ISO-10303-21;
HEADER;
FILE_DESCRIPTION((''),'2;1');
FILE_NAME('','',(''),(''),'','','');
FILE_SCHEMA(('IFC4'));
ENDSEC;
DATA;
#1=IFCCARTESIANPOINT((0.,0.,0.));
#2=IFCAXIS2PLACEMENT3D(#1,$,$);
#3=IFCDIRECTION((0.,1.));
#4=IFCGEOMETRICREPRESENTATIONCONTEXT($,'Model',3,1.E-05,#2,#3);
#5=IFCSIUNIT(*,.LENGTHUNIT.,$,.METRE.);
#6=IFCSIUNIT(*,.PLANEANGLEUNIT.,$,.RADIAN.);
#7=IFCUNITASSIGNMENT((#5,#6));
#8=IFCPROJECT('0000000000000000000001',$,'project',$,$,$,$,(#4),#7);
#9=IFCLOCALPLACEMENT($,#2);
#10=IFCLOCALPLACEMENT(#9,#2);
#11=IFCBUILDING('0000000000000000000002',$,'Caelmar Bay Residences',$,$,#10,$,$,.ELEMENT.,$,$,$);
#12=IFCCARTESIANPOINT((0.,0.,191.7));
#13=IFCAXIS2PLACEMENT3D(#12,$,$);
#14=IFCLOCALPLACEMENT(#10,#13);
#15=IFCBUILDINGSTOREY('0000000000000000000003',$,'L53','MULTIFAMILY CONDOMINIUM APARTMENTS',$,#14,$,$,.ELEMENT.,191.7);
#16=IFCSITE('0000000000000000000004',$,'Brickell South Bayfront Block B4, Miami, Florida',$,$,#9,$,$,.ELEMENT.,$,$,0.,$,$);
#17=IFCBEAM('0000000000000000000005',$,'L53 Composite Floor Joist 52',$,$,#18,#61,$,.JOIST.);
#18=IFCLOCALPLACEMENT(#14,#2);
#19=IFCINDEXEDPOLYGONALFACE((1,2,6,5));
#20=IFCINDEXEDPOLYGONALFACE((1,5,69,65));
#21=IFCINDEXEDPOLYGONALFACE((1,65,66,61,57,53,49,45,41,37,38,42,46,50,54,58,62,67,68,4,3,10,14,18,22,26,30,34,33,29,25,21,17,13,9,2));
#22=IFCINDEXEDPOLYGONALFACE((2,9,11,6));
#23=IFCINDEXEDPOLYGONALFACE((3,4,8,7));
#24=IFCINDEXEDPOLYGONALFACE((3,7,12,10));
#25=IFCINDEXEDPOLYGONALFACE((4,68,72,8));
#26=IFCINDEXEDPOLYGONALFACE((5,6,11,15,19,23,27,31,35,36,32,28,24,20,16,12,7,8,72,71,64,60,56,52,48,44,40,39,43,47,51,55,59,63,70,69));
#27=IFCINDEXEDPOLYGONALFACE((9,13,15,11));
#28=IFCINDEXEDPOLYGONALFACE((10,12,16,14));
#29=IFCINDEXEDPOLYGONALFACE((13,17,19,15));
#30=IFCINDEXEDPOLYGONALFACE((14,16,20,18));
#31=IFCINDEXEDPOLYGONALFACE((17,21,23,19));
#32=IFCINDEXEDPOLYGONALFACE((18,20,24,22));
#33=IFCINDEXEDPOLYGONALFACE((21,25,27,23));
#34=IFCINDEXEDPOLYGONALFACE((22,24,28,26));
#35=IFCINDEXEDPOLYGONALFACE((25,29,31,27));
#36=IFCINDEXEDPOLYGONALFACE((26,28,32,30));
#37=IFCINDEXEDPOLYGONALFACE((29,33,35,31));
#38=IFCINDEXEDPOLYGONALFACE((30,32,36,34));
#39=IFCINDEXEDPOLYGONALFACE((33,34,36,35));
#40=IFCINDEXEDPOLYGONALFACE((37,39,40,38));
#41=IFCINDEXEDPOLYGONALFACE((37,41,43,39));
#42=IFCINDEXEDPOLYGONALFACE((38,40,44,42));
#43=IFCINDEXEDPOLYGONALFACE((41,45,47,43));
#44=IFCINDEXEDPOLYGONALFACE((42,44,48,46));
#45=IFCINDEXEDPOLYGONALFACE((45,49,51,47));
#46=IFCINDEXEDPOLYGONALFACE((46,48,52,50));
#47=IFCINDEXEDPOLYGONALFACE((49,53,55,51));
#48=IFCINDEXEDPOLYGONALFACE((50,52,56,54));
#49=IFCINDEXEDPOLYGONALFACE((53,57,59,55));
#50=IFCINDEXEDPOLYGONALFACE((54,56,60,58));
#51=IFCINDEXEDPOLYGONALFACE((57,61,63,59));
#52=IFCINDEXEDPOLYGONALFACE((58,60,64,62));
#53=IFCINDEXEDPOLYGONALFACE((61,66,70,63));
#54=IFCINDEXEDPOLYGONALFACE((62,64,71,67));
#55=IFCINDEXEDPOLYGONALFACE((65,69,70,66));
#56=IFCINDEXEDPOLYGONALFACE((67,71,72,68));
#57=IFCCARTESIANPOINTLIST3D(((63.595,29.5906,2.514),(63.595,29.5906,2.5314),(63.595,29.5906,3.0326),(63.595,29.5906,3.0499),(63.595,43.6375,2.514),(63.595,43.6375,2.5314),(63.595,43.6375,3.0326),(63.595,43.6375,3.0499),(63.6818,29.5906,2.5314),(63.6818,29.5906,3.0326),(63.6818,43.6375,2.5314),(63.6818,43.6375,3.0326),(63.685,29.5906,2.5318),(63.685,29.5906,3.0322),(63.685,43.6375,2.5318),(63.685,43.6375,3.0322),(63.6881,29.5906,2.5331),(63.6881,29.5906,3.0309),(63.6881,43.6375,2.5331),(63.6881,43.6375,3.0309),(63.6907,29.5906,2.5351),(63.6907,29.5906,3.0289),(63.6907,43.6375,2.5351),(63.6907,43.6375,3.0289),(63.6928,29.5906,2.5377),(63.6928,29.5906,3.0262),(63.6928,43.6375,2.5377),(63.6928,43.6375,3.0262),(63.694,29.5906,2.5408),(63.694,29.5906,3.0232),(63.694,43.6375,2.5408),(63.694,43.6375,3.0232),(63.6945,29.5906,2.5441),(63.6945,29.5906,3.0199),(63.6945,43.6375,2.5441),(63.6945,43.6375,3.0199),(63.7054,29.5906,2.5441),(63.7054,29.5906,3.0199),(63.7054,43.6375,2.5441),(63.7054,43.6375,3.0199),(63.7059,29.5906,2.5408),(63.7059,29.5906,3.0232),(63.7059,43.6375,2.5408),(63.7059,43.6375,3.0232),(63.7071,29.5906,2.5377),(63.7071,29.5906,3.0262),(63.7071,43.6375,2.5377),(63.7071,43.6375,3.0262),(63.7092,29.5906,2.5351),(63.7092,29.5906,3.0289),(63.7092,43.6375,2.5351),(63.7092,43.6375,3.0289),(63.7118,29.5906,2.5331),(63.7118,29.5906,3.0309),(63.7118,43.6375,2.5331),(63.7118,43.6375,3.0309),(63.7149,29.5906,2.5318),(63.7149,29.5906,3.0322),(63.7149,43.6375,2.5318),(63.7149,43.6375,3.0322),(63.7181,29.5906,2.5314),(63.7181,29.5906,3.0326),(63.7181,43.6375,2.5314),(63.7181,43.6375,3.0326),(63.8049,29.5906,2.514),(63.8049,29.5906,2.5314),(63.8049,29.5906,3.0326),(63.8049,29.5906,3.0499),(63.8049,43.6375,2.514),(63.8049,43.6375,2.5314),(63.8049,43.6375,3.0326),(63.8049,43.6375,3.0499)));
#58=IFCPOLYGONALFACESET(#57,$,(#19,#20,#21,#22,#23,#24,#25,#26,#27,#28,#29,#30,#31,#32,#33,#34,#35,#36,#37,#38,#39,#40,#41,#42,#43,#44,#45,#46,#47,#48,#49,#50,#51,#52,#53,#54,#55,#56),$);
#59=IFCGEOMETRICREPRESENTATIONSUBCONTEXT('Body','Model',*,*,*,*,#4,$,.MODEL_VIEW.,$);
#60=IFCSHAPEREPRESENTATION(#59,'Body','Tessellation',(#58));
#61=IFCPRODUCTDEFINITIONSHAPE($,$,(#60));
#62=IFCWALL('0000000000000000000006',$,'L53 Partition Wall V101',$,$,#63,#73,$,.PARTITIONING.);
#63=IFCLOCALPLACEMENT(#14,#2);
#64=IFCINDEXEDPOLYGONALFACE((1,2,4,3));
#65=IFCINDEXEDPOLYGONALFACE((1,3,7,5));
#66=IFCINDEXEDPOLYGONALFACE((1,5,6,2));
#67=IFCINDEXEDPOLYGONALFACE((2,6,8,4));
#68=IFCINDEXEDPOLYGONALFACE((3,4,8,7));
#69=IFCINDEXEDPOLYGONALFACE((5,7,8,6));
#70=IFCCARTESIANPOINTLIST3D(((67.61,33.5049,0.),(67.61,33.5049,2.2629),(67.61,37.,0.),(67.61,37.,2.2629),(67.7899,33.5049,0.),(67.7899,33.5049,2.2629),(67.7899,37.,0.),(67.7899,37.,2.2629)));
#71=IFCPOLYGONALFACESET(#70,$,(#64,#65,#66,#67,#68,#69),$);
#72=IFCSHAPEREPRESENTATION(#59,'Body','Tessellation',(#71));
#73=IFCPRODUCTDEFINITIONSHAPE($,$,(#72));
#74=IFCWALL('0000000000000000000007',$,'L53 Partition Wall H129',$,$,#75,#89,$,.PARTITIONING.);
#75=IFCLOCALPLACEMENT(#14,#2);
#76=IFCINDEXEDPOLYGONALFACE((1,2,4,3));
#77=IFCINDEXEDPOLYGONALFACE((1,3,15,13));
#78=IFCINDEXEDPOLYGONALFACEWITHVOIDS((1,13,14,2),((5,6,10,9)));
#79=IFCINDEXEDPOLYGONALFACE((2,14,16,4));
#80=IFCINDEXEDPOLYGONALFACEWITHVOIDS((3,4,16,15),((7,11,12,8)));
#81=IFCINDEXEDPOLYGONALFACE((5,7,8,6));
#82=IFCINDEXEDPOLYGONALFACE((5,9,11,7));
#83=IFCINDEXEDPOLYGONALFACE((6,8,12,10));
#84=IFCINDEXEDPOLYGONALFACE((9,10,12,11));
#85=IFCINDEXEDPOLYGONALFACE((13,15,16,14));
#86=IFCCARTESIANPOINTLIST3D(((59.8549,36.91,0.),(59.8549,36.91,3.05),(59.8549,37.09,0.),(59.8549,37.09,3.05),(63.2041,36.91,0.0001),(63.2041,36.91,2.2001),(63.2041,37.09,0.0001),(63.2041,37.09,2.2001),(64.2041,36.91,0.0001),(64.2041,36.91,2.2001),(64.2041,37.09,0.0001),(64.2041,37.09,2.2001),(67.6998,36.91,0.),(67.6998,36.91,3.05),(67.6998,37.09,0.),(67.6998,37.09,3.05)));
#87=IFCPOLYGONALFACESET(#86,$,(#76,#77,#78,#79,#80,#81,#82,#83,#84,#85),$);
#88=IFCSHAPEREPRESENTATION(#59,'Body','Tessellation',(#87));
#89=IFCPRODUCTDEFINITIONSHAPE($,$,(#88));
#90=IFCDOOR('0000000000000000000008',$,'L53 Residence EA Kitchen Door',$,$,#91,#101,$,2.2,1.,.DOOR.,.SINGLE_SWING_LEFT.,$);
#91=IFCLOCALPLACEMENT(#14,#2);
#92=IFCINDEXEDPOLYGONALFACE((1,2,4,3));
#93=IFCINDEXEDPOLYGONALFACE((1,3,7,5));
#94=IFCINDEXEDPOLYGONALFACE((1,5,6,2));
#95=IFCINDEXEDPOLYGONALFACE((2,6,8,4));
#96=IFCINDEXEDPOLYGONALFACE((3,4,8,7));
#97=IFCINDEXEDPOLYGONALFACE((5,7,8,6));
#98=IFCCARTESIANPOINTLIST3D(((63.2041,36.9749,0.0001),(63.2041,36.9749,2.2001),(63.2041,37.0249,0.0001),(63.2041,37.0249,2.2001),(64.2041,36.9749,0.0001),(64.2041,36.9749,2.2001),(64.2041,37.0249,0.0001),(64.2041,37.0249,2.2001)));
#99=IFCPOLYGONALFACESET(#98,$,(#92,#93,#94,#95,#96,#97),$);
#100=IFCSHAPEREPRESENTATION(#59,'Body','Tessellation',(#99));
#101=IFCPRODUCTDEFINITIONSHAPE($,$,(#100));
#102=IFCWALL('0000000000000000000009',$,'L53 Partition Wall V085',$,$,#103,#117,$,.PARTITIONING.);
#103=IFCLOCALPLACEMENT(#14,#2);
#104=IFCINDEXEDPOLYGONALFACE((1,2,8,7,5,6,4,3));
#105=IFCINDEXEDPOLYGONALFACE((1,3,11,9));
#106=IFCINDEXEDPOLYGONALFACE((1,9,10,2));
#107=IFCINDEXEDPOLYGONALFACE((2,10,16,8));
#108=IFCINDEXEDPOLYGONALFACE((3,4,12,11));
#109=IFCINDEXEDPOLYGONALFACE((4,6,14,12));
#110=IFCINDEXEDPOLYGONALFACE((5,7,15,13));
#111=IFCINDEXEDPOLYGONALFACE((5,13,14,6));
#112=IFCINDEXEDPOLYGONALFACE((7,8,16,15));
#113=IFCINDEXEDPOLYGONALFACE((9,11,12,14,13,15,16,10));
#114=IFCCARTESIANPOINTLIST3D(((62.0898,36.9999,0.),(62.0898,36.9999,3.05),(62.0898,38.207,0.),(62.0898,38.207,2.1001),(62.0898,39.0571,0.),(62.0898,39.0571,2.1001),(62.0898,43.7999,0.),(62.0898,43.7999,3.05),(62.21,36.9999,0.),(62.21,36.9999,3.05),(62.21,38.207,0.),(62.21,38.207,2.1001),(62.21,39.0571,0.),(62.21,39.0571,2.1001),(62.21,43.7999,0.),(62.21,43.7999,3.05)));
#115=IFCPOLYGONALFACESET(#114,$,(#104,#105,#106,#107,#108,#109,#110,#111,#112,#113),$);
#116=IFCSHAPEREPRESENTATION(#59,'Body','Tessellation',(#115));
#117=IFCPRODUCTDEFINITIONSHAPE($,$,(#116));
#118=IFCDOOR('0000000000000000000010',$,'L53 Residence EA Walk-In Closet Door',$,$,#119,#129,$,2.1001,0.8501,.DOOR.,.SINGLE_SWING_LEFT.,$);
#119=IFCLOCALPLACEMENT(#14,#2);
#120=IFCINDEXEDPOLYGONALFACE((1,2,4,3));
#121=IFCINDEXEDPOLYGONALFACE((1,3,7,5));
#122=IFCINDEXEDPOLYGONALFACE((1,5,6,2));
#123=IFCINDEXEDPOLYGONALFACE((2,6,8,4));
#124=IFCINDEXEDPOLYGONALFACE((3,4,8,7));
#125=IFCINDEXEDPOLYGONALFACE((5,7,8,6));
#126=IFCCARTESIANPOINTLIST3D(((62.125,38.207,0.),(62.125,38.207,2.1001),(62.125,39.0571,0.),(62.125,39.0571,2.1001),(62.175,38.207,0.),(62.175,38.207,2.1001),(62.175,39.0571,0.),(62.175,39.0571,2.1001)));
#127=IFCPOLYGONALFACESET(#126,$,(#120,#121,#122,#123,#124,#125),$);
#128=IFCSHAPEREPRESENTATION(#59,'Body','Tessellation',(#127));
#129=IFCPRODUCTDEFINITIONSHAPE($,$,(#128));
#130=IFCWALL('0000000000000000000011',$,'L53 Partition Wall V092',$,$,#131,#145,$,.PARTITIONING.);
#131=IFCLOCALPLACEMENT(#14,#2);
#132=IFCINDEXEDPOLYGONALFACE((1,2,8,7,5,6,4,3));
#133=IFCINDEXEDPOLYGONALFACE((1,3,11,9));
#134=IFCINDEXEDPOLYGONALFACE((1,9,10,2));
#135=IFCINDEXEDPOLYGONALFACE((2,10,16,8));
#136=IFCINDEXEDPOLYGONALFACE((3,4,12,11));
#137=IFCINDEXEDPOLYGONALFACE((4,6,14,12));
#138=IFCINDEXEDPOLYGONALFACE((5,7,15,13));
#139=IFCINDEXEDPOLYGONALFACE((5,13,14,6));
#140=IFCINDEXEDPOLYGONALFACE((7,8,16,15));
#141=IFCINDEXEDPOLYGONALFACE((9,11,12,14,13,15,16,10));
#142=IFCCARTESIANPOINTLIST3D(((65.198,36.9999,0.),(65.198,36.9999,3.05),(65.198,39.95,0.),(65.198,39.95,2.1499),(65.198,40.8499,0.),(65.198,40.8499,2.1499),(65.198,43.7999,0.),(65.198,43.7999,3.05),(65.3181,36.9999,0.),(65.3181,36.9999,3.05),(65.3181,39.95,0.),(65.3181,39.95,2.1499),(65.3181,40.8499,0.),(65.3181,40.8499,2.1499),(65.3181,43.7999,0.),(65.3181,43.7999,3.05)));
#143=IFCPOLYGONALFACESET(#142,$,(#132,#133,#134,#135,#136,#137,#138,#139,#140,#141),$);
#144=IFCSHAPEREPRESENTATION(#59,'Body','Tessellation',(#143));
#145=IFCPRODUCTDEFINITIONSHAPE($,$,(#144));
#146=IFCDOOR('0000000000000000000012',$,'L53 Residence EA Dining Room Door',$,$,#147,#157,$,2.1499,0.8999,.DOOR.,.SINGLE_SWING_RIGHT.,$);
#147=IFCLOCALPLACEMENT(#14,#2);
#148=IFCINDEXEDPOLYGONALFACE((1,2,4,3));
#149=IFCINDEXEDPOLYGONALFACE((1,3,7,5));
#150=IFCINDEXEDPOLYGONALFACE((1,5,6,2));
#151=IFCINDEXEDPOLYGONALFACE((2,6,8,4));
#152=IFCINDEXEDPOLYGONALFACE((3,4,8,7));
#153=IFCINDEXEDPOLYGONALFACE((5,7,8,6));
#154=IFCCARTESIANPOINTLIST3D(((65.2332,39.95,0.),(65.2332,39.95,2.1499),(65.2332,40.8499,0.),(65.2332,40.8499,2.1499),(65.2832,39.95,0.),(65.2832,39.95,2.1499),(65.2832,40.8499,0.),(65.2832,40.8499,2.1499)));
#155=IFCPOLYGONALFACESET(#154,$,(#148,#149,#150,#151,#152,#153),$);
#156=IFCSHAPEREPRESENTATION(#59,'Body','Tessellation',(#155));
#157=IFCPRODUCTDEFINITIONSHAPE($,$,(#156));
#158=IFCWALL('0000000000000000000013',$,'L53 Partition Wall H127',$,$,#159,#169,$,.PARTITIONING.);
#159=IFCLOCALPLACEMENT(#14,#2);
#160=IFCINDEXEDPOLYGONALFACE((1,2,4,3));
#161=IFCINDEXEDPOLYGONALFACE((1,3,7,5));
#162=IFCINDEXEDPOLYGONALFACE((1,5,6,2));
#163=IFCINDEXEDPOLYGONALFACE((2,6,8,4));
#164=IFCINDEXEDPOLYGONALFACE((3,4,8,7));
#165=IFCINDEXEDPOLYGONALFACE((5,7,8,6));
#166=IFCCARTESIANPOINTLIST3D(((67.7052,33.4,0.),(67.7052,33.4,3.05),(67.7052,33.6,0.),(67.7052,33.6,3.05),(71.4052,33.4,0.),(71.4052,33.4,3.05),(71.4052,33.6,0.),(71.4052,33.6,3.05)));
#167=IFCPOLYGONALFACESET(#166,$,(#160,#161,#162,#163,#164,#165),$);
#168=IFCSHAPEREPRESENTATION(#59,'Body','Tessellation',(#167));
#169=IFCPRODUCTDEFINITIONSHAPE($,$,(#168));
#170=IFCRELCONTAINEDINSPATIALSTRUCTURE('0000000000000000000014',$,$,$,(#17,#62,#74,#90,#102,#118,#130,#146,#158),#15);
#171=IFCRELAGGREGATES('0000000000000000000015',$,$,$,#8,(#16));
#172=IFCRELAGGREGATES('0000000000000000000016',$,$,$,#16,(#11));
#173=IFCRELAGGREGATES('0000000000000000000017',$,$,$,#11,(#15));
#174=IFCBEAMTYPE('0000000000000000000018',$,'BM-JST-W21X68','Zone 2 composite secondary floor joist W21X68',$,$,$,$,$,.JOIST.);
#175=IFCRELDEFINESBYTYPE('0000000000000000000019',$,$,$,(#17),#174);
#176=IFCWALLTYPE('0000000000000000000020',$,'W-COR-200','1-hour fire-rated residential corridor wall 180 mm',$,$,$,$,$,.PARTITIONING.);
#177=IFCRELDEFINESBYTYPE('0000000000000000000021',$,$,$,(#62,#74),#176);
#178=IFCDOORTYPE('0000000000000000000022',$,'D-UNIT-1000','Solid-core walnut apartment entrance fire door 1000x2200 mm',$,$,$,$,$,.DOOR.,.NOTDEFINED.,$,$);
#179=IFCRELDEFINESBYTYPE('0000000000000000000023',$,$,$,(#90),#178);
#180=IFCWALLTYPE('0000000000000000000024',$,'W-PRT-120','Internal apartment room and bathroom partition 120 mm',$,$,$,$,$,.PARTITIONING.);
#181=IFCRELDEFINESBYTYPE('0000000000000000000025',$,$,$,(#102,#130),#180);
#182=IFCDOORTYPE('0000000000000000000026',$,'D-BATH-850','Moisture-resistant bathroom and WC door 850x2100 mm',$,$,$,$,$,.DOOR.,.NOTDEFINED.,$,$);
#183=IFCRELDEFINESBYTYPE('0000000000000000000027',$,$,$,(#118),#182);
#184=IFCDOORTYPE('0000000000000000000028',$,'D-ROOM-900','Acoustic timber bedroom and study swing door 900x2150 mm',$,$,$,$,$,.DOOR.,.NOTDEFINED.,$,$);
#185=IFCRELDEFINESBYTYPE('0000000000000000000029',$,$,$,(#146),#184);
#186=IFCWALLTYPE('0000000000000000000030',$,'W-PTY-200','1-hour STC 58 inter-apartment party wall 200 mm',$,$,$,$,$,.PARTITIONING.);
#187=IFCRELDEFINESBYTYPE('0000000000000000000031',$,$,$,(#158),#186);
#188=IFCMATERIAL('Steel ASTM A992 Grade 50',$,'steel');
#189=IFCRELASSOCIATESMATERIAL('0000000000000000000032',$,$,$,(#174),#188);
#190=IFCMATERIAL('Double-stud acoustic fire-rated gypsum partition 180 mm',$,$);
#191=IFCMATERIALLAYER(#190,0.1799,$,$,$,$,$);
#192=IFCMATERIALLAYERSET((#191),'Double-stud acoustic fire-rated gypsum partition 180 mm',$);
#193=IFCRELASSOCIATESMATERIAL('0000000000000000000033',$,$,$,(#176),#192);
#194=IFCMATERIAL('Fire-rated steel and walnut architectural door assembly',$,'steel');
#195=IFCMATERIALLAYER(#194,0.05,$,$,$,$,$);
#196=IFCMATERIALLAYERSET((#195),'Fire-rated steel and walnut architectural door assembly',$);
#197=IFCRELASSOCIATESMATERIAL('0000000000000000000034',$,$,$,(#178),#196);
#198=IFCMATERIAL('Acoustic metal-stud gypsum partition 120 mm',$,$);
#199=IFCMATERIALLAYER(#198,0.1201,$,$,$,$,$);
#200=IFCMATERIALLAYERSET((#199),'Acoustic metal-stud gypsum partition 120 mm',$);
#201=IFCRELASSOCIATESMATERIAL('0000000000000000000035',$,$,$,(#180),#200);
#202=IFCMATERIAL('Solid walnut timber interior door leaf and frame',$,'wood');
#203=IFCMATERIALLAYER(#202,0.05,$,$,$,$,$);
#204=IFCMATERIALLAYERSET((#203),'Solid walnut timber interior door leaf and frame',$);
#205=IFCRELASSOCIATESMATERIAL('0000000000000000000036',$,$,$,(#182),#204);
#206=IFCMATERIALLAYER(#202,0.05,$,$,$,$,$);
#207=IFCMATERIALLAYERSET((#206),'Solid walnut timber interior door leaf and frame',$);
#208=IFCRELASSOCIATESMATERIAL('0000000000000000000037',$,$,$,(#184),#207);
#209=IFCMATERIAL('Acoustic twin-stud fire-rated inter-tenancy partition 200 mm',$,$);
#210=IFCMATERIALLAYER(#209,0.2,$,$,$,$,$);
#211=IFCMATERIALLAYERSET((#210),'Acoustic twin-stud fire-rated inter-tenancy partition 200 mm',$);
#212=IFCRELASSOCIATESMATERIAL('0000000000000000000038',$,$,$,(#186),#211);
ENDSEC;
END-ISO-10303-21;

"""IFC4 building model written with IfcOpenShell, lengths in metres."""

from ifc_helpers import new_model, si_unit, direction, frame, frame_2d, origin, origin_2d, place, context, subcontext, project, spatial, rectangle, i_section, extrude, material, layer, layer_set, material_profile, profile_set, type_object, element, fill, save


model = new_model("IFC4")

# Units and contexts
model_context = context("Model", 3, precision=1e-05, world=origin(), true_north=direction((0.0, 1.0)))
body_context = subcontext(model_context, "Body", "Model", "MODEL_VIEW")
ifc_project = project(units=[si_unit("LENGTHUNIT", "METRE"), si_unit("PLANEANGLEUNIT", "RADIAN")], contexts=[model_context])

# Site, building, storey
site_placement = place(None, origin())
site = spatial("IfcSite", under=ifc_project, at=site_placement, Name="Brickell South Bayfront Block B4, Miami, Florida", CompositionType="ELEMENT", RefElevation=0.0)
building_placement = place(site_placement, origin())
building = spatial("IfcBuilding", under=site, at=building_placement, Name="Caelmar Bay Residences", CompositionType="ELEMENT")
storey_placement = place(building_placement, frame((0.0, 0.0, 191.7)))
storey = spatial("IfcBuildingStorey", under=building, at=storey_placement, Name="L53", Description="MULTIFAMILY CONDOMINIUM APARTMENTS", CompositionType="ELEMENT", Elevation=191.7)

# Beam
ifc_material_1 = material(Name="Steel ASTM A992 Grade 50", Category="steel")
ifc_material_profile_1 = material_profile(ifc_material_1, i_section(OverallWidth=0.21, OverallDepth=0.5359, WebThickness=0.011, FlangeThickness=0.0173, FilletRadius=0.0127, at=origin_2d()), Name="W21X68")
ifc_profile_set_1 = profile_set([ifc_material_profile_1], Name="Steel ASTM A992 Grade 50")
beam_type_1 = type_object("IfcBeamType", Name="BM-JST-W21X68", Description="Zone 2 composite secondary floor joist W21X68", PredefinedType="JOIST", material=ifc_profile_set_1)
beam_1_placement = place(storey_placement, frame((63.7, 29.5906, 2.782), z_axis=(0.0, 1.0, 0.0), x_axis=(-1.0, 0.0, 0.0)))
element("IfcBeam", 1, at=beam_1_placement, inside=storey, type_object=beam_type_1, Name="L53 Composite Floor Joist 52", PredefinedType="JOIST", context=body_context, shape_type="SweptSolid", body=[
    extrude(i_section(OverallWidth=0.21, OverallDepth=0.5359, WebThickness=0.011, FlangeThickness=0.0173, FilletRadius=0.0127, at=origin_2d()), origin(), (0.0, 0.0, 1.0), 14.0469),
])

# Wall
ifc_material_2 = material(Name="Double-stud acoustic fire-rated gypsum partition 180 mm")
ifc_layer_1 = layer(ifc_material_2, 0.1799)
ifc_layer_set_1 = layer_set([ifc_layer_1], Name="Double-stud acoustic fire-rated gypsum partition 180 mm")
wall_type_1 = type_object("IfcWallType", Name="W-COR-200", Description="1-hour fire-rated residential corridor wall 180 mm", PredefinedType="PARTITIONING", material=ifc_layer_set_1)
wall_1_placement = place(storey_placement, frame((67.7, 33.5049, 0.0), z_axis=(0.0, 0.0, 1.0), x_axis=(0.0, 1.0, 0.0)))
element("IfcWall", 2, at=wall_1_placement, inside=storey, type_object=wall_type_1, Name="L53 Partition Wall V101", PredefinedType="PARTITIONING", context=body_context, shape_type="SweptSolid", body=[
    extrude(rectangle(XDim=3.4951, YDim=0.1799, at=frame_2d((1.7476, 0.0))), origin(), (0.0, 0.0, 1.0), 2.2629),
])

# Walls, openings, doors
wall_2_placement = place(storey_placement, frame((59.855, 37.0, 0.0), z_axis=(0.0, 0.0, 1.0), x_axis=(1.0, 0.0, 0.0)))
wall_2 = element("IfcWall", 3, at=wall_2_placement, inside=storey, type_object=wall_type_1, Name="L53 Partition Wall H129", PredefinedType="PARTITIONING", context=body_context, shape_type="SweptSolid", body=[
    extrude(rectangle(XDim=7.845, YDim=0.1799, at=frame_2d((3.9224, 0.0))), origin(), (0.0, 0.0, 1.0), 3.05),
])
opening_1_placement = place(wall_2_placement, frame((3.3491, 0.0, 0.0)))
opening_1 = element("IfcOpeningElement", 4, at=opening_1_placement, cuts=wall_2, PredefinedType="OPENING", context=body_context, shape_type="SweptSolid", body=[
    extrude(rectangle(XDim=1.0, YDim=2.2, at=frame_2d((0.5, 1.1001))), frame((0.0, 0.0999, 0.0), z_axis=(0.0, -1.0, 0.0), x_axis=(1.0, 0.0, 0.0)), (0.0, 0.0, 1.0), 0.2),
])
ifc_material_3 = material(Name="Fire-rated steel and walnut architectural door assembly", Category="steel")
ifc_layer_2 = layer(ifc_material_3, 0.05)
ifc_layer_set_2 = layer_set([ifc_layer_2], Name="Fire-rated steel and walnut architectural door assembly")
door_type_1 = type_object("IfcDoorType", Name="D-UNIT-1000", Description="Solid-core walnut apartment entrance fire door 1000x2200 mm", OperationType="NOTDEFINED", PredefinedType="DOOR", material=ifc_layer_set_2)
door_1_placement = place(opening_1_placement, origin())
door_1 = element("IfcDoor", 5, at=door_1_placement, inside=storey, type_object=door_type_1, Name="L53 Residence EA Kitchen Door", OperationType="SINGLE_SWING_LEFT", OverallHeight=2.2, OverallWidth=1.0, PredefinedType="DOOR", context=body_context, shape_type="SweptSolid", body=[
    extrude(rectangle(XDim=1.0, YDim=2.2, at=frame_2d((0.5, 1.1001))), frame((0.0, 0.0249, 0.0), z_axis=(0.0, -1.0, 0.0), x_axis=(1.0, 0.0, 0.0)), (0.0, 0.0, 1.0), 0.05),
])
fill(opening_1, door_1)
ifc_material_4 = material(Name="Acoustic metal-stud gypsum partition 120 mm")
ifc_layer_3 = layer(ifc_material_4, 0.1201)
ifc_layer_set_3 = layer_set([ifc_layer_3], Name="Acoustic metal-stud gypsum partition 120 mm")
wall_type_2 = type_object("IfcWallType", Name="W-PRT-120", Description="Internal apartment room and bathroom partition 120 mm", PredefinedType="PARTITIONING", material=ifc_layer_set_3)
wall_3_placement = place(storey_placement, frame((62.1499, 37.0, 0.0), z_axis=(0.0, 0.0, 1.0), x_axis=(0.0, 1.0, 0.0)))
wall_3 = element("IfcWall", 6, at=wall_3_placement, inside=storey, type_object=wall_type_2, Name="L53 Partition Wall V085", PredefinedType="PARTITIONING", context=body_context, shape_type="SweptSolid", body=[
    extrude(rectangle(XDim=6.8, YDim=0.1201, at=frame_2d((3.3999, 0.0))), origin(), (0.0, 0.0, 1.0), 3.05),
])
opening_2_placement = place(wall_3_placement, frame((1.207, 0.0, 0.0)))
opening_2 = element("IfcOpeningElement", 7, at=opening_2_placement, cuts=wall_3, PredefinedType="OPENING", context=body_context, shape_type="SweptSolid", body=[
    extrude(rectangle(XDim=0.8501, YDim=2.1001, at=frame_2d((0.425, 1.05))), frame((0.0, 0.0701, 0.0), z_axis=(0.0, -1.0, 0.0), x_axis=(1.0, 0.0, 0.0)), (0.0, 0.0, 1.0), 0.1401),
])
ifc_material_5 = material(Name="Solid walnut timber interior door leaf and frame", Category="wood")
ifc_layer_4 = layer(ifc_material_5, 0.05)
ifc_layer_set_4 = layer_set([ifc_layer_4], Name="Solid walnut timber interior door leaf and frame")
door_type_2 = type_object("IfcDoorType", Name="D-BATH-850", Description="Moisture-resistant bathroom and WC door 850x2100 mm", OperationType="NOTDEFINED", PredefinedType="DOOR", material=ifc_layer_set_4)
door_2_placement = place(opening_2_placement, origin())
door_2 = element("IfcDoor", 8, at=door_2_placement, inside=storey, type_object=door_type_2, Name="L53 Residence EA Walk-In Closet Door", OperationType="SINGLE_SWING_LEFT", OverallHeight=2.1001, OverallWidth=0.8501, PredefinedType="DOOR", context=body_context, shape_type="SweptSolid", body=[
    extrude(rectangle(XDim=0.8501, YDim=2.1001, at=frame_2d((0.425, 1.05))), frame((0.0, 0.0249, 0.0), z_axis=(0.0, -1.0, 0.0), x_axis=(1.0, 0.0, 0.0)), (0.0, 0.0, 1.0), 0.05),
])
fill(opening_2, door_2)
wall_4_placement = place(storey_placement, frame((65.2581, 37.0, 0.0), z_axis=(0.0, 0.0, 1.0), x_axis=(0.0, 1.0, 0.0)))
wall_4 = element("IfcWall", 9, at=wall_4_placement, inside=storey, type_object=wall_type_2, Name="L53 Partition Wall V092", PredefinedType="PARTITIONING", context=body_context, shape_type="SweptSolid", body=[
    extrude(rectangle(XDim=6.8, YDim=0.1201, at=frame_2d((3.3999, 0.0))), origin(), (0.0, 0.0, 1.0), 3.05),
])
opening_3_placement = place(wall_4_placement, frame((2.95, 0.0, 0.0)))
opening_3 = element("IfcOpeningElement", 10, at=opening_3_placement, cuts=wall_4, PredefinedType="OPENING", context=body_context, shape_type="SweptSolid", body=[
    extrude(rectangle(XDim=0.8999, YDim=2.1499, at=frame_2d((0.45, 1.075))), frame((0.0, 0.0701, 0.0), z_axis=(0.0, -1.0, 0.0), x_axis=(1.0, 0.0, 0.0)), (0.0, 0.0, 1.0), 0.1401),
])
ifc_layer_5 = layer(ifc_material_5, 0.05)
ifc_layer_set_5 = layer_set([ifc_layer_5], Name="Solid walnut timber interior door leaf and frame")
door_type_3 = type_object("IfcDoorType", Name="D-ROOM-900", Description="Acoustic timber bedroom and study swing door 900x2150 mm", OperationType="NOTDEFINED", PredefinedType="DOOR", material=ifc_layer_set_5)
door_3_placement = place(opening_3_placement, origin())
door_3 = element("IfcDoor", 11, at=door_3_placement, inside=storey, type_object=door_type_3, Name="L53 Residence EA Dining Room Door", OperationType="SINGLE_SWING_RIGHT", OverallHeight=2.1499, OverallWidth=0.8999, PredefinedType="DOOR", context=body_context, shape_type="SweptSolid", body=[
    extrude(rectangle(XDim=0.8999, YDim=2.1499, at=frame_2d((0.45, 1.075))), frame((0.0, 0.0249, 0.0), z_axis=(0.0, -1.0, 0.0), x_axis=(1.0, 0.0, 0.0)), (0.0, 0.0, 1.0), 0.05),
])
fill(opening_3, door_3)

# Wall
ifc_material_6 = material(Name="Acoustic twin-stud fire-rated inter-tenancy partition 200 mm")
ifc_layer_6 = layer(ifc_material_6, 0.2)
ifc_layer_set_6 = layer_set([ifc_layer_6], Name="Acoustic twin-stud fire-rated inter-tenancy partition 200 mm")
wall_type_3 = type_object("IfcWallType", Name="W-PTY-200", Description="1-hour STC 58 inter-apartment party wall 200 mm", PredefinedType="PARTITIONING", material=ifc_layer_set_6)
wall_5_placement = place(storey_placement, frame((67.7051, 33.5, 0.0), z_axis=(0.0, 0.0, 1.0), x_axis=(1.0, 0.0, 0.0)))
element("IfcWall", 12, at=wall_5_placement, inside=storey, type_object=wall_type_3, Name="L53 Partition Wall H127", PredefinedType="PARTITIONING", context=body_context, shape_type="SweptSolid", body=[
    extrude(rectangle(XDim=3.7, YDim=0.2, at=frame_2d((1.8501, 0.0))), origin(), (0.0, 0.0, 1.0), 3.05),
])

save(model, "model.ifc")
